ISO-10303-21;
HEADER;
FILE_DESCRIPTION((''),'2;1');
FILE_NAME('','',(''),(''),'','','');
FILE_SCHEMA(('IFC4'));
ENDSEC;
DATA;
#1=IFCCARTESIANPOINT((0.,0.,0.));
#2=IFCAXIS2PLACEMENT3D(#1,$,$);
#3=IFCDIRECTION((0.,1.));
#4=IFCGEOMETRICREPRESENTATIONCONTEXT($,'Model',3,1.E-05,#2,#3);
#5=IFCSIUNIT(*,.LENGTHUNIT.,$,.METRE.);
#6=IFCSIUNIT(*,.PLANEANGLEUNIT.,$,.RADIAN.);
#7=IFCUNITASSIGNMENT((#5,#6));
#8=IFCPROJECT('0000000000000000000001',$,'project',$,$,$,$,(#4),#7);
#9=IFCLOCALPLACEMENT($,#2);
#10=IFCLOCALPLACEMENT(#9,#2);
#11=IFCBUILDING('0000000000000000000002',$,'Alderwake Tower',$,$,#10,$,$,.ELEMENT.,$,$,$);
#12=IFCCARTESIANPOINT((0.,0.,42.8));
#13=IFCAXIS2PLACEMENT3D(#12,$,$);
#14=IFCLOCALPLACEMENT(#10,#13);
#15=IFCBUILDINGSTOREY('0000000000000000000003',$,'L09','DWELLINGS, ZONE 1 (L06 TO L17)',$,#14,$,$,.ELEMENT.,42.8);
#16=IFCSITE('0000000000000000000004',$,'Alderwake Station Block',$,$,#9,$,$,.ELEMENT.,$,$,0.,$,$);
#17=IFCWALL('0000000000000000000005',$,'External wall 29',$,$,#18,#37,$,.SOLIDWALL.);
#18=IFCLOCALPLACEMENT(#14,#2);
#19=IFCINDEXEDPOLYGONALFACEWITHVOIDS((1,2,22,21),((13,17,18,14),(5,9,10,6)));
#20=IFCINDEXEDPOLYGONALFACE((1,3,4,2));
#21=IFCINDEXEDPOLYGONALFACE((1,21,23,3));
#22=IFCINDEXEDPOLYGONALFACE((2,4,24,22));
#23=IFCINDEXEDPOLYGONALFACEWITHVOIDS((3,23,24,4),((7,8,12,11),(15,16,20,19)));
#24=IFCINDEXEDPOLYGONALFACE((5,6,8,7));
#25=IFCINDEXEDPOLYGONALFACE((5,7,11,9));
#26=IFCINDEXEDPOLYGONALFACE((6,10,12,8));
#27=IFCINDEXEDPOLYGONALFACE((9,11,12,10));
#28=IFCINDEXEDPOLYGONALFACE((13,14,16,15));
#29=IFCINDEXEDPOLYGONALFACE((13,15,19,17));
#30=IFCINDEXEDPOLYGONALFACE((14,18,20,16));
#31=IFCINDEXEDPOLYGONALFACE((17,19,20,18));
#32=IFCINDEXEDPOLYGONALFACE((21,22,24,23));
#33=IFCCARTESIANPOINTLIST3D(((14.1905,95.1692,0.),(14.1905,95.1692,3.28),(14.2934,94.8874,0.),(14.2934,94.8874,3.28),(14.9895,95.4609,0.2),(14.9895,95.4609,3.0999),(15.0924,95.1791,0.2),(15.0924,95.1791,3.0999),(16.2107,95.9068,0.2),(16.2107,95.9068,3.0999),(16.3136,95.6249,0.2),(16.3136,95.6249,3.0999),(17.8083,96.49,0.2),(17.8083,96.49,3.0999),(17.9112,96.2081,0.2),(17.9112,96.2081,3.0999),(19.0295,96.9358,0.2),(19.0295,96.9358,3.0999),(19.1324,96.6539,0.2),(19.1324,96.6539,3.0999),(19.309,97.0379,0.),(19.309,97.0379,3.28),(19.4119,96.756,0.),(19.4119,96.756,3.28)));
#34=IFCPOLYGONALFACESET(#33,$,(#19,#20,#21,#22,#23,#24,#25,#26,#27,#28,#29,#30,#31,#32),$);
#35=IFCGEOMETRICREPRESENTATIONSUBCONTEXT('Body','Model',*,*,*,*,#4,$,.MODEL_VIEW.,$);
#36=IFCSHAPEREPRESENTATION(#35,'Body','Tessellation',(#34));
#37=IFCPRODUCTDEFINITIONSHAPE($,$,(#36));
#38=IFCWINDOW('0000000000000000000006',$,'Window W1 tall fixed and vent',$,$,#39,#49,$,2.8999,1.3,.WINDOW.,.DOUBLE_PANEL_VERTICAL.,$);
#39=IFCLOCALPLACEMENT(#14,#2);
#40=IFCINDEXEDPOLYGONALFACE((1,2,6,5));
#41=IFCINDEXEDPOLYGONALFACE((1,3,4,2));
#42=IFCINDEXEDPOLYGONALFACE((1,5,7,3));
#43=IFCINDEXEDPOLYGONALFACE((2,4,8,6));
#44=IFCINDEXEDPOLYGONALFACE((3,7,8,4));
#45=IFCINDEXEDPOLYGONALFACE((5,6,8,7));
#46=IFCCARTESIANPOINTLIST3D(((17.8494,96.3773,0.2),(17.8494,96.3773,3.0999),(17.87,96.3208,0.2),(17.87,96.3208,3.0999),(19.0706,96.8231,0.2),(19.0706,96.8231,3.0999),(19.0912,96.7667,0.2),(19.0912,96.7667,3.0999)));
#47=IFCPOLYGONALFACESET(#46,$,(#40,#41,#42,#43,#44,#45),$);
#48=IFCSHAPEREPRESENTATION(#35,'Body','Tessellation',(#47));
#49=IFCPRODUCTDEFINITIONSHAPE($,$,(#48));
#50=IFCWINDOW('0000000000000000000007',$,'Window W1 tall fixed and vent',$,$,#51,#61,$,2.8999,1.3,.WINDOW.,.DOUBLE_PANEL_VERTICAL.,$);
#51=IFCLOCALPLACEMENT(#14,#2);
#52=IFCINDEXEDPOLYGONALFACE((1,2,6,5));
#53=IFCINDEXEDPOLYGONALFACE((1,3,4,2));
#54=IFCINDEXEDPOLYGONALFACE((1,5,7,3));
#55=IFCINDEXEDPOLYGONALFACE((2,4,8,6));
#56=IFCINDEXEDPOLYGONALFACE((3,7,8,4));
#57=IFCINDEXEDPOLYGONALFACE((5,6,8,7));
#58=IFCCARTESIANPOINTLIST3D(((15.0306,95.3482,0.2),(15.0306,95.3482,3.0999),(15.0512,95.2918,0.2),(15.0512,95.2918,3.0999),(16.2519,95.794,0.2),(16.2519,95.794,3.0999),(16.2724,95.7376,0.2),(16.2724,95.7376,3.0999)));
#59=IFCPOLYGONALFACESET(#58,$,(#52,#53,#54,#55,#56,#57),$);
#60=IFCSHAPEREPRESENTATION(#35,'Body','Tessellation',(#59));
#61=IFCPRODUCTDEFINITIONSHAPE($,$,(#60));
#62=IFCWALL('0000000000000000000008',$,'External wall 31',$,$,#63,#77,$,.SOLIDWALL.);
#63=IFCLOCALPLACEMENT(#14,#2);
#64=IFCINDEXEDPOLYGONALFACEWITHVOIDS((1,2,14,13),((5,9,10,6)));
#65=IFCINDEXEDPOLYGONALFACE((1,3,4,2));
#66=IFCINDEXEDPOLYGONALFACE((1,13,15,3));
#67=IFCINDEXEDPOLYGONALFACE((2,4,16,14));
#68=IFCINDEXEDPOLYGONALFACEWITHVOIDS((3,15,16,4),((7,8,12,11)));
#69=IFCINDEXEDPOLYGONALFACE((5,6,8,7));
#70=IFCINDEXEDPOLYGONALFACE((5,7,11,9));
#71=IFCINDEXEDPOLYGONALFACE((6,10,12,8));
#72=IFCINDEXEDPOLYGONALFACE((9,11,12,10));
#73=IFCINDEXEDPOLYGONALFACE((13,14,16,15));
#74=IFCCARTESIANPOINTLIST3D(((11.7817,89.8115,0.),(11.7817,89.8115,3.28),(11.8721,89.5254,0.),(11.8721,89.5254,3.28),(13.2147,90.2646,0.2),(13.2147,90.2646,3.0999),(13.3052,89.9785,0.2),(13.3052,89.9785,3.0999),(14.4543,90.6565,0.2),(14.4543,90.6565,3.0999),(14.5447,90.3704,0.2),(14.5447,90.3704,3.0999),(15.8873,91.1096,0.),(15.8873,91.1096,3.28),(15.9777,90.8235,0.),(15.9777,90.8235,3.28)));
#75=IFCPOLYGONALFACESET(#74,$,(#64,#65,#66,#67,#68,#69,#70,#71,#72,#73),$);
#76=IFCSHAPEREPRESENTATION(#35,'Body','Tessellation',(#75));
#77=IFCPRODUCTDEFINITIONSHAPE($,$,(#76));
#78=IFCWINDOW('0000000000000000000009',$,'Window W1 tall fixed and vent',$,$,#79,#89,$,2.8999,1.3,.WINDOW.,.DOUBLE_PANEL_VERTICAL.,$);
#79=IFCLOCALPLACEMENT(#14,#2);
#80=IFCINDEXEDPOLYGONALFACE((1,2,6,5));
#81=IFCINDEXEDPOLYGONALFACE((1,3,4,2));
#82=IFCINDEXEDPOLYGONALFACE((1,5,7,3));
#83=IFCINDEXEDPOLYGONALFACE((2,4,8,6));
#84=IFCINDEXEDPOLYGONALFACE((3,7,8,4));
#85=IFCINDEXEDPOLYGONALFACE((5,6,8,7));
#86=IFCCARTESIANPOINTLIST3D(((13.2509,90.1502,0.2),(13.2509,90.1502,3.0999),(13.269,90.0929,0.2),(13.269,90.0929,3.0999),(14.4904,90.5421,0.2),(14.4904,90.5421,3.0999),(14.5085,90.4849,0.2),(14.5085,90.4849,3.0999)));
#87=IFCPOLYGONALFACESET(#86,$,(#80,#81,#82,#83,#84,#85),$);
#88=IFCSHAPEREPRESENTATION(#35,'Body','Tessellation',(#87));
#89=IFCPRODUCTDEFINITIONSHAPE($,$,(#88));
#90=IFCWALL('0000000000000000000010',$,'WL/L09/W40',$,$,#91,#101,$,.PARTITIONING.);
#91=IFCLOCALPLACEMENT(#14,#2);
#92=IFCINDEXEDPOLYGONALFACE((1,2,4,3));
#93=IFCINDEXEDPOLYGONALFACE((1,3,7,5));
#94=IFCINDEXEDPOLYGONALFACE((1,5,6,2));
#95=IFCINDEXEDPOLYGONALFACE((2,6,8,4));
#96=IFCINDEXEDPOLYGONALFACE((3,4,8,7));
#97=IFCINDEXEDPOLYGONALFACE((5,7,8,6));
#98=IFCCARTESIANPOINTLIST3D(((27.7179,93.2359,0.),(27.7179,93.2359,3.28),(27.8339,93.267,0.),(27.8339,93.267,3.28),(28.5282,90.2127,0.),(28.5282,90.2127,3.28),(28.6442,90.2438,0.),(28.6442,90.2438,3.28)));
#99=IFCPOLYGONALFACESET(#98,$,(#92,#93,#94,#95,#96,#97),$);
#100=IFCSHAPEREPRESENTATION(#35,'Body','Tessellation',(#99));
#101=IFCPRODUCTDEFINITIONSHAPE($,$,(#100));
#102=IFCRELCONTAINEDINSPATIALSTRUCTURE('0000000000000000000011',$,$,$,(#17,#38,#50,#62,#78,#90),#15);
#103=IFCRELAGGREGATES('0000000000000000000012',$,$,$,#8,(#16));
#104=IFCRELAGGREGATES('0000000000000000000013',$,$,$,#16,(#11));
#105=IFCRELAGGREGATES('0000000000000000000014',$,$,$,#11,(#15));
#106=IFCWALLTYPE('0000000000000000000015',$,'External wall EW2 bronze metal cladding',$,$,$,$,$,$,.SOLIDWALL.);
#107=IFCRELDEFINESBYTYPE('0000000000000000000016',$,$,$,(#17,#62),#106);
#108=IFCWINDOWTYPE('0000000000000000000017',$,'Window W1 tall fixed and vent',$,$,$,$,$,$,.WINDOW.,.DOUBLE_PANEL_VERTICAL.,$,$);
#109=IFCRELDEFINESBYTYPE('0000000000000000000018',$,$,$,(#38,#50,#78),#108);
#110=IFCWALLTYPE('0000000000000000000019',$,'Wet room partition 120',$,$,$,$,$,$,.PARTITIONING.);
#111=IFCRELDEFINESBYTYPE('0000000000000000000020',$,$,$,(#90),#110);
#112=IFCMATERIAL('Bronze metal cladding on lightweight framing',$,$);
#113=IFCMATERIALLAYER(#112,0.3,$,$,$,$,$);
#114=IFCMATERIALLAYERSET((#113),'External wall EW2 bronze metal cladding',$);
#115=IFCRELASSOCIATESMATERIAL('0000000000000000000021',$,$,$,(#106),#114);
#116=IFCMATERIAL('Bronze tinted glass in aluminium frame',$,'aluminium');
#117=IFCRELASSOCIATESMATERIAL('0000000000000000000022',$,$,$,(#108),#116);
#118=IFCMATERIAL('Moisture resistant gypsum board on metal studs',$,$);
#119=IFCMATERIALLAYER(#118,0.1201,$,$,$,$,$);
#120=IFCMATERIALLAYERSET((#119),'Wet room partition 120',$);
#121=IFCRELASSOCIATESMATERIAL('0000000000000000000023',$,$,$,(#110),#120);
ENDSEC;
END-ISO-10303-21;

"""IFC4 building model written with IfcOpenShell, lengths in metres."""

from ifc_helpers import new_model, si_unit, direction, frame, frame_2d, origin, place, context, subcontext, project, spatial, rectangle, extrude, material, layer, layer_set, type_object, element, fill, save


model = new_model("IFC4")

# Units and contexts
model_context = context("Model", 3, precision=1e-05, world=origin(), true_north=direction((0.0, 1.0)))
body_context = subcontext(model_context, "Body", "Model", "MODEL_VIEW")
ifc_project = project(units=[si_unit("LENGTHUNIT", "METRE"), si_unit("PLANEANGLEUNIT", "RADIAN")], contexts=[model_context])

# Site, building, storey
site_placement = place(None, origin())
site = spatial("IfcSite", under=ifc_project, at=site_placement, Name="Alderwake Station Block", CompositionType="ELEMENT", RefElevation=0.0)
building_placement = place(site_placement, origin())
building = spatial("IfcBuilding", under=site, at=building_placement, Name="Alderwake Tower", CompositionType="ELEMENT")
storey_placement = place(building_placement, frame((0.0, 0.0, 42.8)))
storey = spatial("IfcBuildingStorey", under=building, at=storey_placement, Name="L09", Description="DWELLINGS, ZONE 1 (L06 TO L17)", CompositionType="ELEMENT", Elevation=42.8)

# Wall, openings, windows
ifc_material_1 = material(Name="Bronze metal cladding on lightweight framing")
ifc_layer_1 = layer(ifc_material_1, 0.3)
ifc_layer_set_1 = layer_set([ifc_layer_1], Name="External wall EW2 bronze metal cladding")
wall_type_1 = type_object("IfcWallType", Name="External wall EW2 bronze metal cladding", PredefinedType="SOLIDWALL", material=ifc_layer_set_1)
ifc_material_2 = material(Name="Bronze tinted glass in aluminium frame", Category="aluminium")
window_type = type_object("IfcWindowType", Name="Window W1 tall fixed and vent", PartitioningType="DOUBLE_PANEL_VERTICAL", PredefinedType="WINDOW", material=ifc_material_2)
wall_1_placement = place(storey_placement, frame((19.3606, 96.897, 0.0), z_axis=(0.0, 0.0, 1.0), x_axis=(-0.939361, -0.34293, 0.0)))
wall_1 = element("IfcWall", 1, at=wall_1_placement, inside=storey, type_object=wall_type_1, Name="External wall 29", PredefinedType="SOLIDWALL", context=body_context, shape_type="SweptSolid", body=[
    extrude(rectangle(XDim=5.449, YDim=0.3, at=frame_2d((2.7246, 0.0))), origin(), (0.0, 0.0, 1.0), 3.28),
])
opening_1_placement = place(wall_1_placement, frame((0.2979, 0.0, 0.2)))
opening_1 = element("IfcOpeningElement", 2, at=opening_1_placement, cuts=wall_1, PredefinedType="OPENING", context=body_context, shape_type="SweptSolid", body=[
    extrude(rectangle(XDim=1.3, YDim=2.8999, at=frame_2d((0.6499, 1.45))), frame((0.0, 0.1599, 0.0), z_axis=(0.0, -1.0, 0.0), x_axis=(1.0, 0.0, 0.0)), (0.0, 0.0, 1.0), 0.3201),
])
opening_2_placement = place(wall_1_placement, frame((3.2986, 0.0, 0.2)))
opening_2 = element("IfcOpeningElement", 3, at=opening_2_placement, cuts=wall_1, PredefinedType="OPENING", context=body_context, shape_type="SweptSolid", body=[
    extrude(rectangle(XDim=1.3, YDim=2.8999, at=frame_2d((0.6499, 1.45))), frame((0.0, 0.1599, 0.0), z_axis=(0.0, -1.0, 0.0), x_axis=(1.0, 0.0, 0.0)), (0.0, 0.0, 1.0), 0.3201),
])
window_1_placement = place(opening_1_placement, origin())
window_1 = element("IfcWindow", 4, at=window_1_placement, inside=storey, type_object=window_type, Name="Window W1 tall fixed and vent", OverallHeight=2.8999, OverallWidth=1.3, PartitioningType="DOUBLE_PANEL_VERTICAL", PredefinedType="WINDOW", context=body_context, shape_type="SweptSolid", body=[
    extrude(rectangle(XDim=1.3, YDim=2.8999, at=frame_2d((0.6499, 1.45))), frame((0.0, 0.03, 0.0), z_axis=(0.0, -1.0, 0.0), x_axis=(1.0, 0.0, 0.0)), (0.0, 0.0, 1.0), 0.0601),
])
fill(opening_1, window_1)
window_2_placement = place(opening_2_placement, origin())
window_2 = element("IfcWindow", 5, at=window_2_placement, inside=storey, type_object=window_type, Name="Window W1 tall fixed and vent", OverallHeight=2.8999, OverallWidth=1.3, PartitioningType="DOUBLE_PANEL_VERTICAL", PredefinedType="WINDOW", context=body_context, shape_type="SweptSolid", body=[
    extrude(rectangle(XDim=1.3, YDim=2.8999, at=frame_2d((0.6499, 1.45))), frame((0.0, 0.03, 0.0), z_axis=(0.0, -1.0, 0.0), x_axis=(1.0, 0.0, 0.0)), (0.0, 0.0, 1.0), 0.0601),
])
fill(opening_2, window_2)

# Wall, opening, window
wall_2_placement = place(storey_placement, frame((15.9324, 90.9666, 0.0), z_axis=(0.0, 0.0, 1.0), x_axis=(-0.953474, -0.301476, 0.0)))
wall_2 = element("IfcWall", 6, at=wall_2_placement, inside=storey, type_object=wall_type_1, Name="External wall 31", PredefinedType="SOLIDWALL", context=body_context, shape_type="SweptSolid", body=[
    extrude(rectangle(XDim=4.3059, YDim=0.3, at=frame_2d((2.1528, 0.0))), origin(), (0.0, 0.0, 1.0), 3.28),
])
opening_3_placement = place(wall_2_placement, frame((1.5029, 0.0, 0.2)))
opening_3 = element("IfcOpeningElement", 7, at=opening_3_placement, cuts=wall_2, PredefinedType="OPENING", context=body_context, shape_type="SweptSolid", body=[
    extrude(rectangle(XDim=1.3, YDim=2.8999, at=frame_2d((0.6499, 1.45))), frame((0.0, 0.1599, 0.0), z_axis=(0.0, -1.0, 0.0), x_axis=(1.0, 0.0, 0.0)), (0.0, 0.0, 1.0), 0.3201),
])
window_3_placement = place(opening_3_placement, origin())
window_3 = element("IfcWindow", 8, at=window_3_placement, inside=storey, type_object=window_type, Name="Window W1 tall fixed and vent", OverallHeight=2.8999, OverallWidth=1.3, PartitioningType="DOUBLE_PANEL_VERTICAL", PredefinedType="WINDOW", context=body_context, shape_type="SweptSolid", body=[
    extrude(rectangle(XDim=1.3, YDim=2.8999, at=frame_2d((0.6499, 1.45))), frame((0.0, 0.03, 0.0), z_axis=(0.0, -1.0, 0.0), x_axis=(1.0, 0.0, 0.0)), (0.0, 0.0, 1.0), 0.0601),
])
fill(opening_3, window_3)

# Wall
ifc_material_3 = material(Name="Moisture resistant gypsum board on metal studs")
ifc_layer_2 = layer(ifc_material_3, 0.1201)
ifc_layer_set_2 = layer_set([ifc_layer_2], Name="Wet room partition 120")
wall_type_2 = type_object("IfcWallType", Name="Wet room partition 120", PredefinedType="PARTITIONING", material=ifc_layer_set_2)
wall_3_placement = place(storey_placement, frame((27.7759, 93.2515, 0.0), z_axis=(0.0, 0.0, 1.0), x_axis=(0.258891, -0.965907, 0.0)))
element("IfcWall", 9, at=wall_3_placement, inside=storey, type_object=wall_type_2, Name="WL/L09/W40", PredefinedType="PARTITIONING", context=body_context, shape_type="SweptSolid", body=[
    extrude(rectangle(XDim=3.1299, YDim=0.1201, at=frame_2d((1.5649, 0.0))), origin(), (0.0, 0.0, 1.0), 3.28),
])

save(model, "model.ifc")
